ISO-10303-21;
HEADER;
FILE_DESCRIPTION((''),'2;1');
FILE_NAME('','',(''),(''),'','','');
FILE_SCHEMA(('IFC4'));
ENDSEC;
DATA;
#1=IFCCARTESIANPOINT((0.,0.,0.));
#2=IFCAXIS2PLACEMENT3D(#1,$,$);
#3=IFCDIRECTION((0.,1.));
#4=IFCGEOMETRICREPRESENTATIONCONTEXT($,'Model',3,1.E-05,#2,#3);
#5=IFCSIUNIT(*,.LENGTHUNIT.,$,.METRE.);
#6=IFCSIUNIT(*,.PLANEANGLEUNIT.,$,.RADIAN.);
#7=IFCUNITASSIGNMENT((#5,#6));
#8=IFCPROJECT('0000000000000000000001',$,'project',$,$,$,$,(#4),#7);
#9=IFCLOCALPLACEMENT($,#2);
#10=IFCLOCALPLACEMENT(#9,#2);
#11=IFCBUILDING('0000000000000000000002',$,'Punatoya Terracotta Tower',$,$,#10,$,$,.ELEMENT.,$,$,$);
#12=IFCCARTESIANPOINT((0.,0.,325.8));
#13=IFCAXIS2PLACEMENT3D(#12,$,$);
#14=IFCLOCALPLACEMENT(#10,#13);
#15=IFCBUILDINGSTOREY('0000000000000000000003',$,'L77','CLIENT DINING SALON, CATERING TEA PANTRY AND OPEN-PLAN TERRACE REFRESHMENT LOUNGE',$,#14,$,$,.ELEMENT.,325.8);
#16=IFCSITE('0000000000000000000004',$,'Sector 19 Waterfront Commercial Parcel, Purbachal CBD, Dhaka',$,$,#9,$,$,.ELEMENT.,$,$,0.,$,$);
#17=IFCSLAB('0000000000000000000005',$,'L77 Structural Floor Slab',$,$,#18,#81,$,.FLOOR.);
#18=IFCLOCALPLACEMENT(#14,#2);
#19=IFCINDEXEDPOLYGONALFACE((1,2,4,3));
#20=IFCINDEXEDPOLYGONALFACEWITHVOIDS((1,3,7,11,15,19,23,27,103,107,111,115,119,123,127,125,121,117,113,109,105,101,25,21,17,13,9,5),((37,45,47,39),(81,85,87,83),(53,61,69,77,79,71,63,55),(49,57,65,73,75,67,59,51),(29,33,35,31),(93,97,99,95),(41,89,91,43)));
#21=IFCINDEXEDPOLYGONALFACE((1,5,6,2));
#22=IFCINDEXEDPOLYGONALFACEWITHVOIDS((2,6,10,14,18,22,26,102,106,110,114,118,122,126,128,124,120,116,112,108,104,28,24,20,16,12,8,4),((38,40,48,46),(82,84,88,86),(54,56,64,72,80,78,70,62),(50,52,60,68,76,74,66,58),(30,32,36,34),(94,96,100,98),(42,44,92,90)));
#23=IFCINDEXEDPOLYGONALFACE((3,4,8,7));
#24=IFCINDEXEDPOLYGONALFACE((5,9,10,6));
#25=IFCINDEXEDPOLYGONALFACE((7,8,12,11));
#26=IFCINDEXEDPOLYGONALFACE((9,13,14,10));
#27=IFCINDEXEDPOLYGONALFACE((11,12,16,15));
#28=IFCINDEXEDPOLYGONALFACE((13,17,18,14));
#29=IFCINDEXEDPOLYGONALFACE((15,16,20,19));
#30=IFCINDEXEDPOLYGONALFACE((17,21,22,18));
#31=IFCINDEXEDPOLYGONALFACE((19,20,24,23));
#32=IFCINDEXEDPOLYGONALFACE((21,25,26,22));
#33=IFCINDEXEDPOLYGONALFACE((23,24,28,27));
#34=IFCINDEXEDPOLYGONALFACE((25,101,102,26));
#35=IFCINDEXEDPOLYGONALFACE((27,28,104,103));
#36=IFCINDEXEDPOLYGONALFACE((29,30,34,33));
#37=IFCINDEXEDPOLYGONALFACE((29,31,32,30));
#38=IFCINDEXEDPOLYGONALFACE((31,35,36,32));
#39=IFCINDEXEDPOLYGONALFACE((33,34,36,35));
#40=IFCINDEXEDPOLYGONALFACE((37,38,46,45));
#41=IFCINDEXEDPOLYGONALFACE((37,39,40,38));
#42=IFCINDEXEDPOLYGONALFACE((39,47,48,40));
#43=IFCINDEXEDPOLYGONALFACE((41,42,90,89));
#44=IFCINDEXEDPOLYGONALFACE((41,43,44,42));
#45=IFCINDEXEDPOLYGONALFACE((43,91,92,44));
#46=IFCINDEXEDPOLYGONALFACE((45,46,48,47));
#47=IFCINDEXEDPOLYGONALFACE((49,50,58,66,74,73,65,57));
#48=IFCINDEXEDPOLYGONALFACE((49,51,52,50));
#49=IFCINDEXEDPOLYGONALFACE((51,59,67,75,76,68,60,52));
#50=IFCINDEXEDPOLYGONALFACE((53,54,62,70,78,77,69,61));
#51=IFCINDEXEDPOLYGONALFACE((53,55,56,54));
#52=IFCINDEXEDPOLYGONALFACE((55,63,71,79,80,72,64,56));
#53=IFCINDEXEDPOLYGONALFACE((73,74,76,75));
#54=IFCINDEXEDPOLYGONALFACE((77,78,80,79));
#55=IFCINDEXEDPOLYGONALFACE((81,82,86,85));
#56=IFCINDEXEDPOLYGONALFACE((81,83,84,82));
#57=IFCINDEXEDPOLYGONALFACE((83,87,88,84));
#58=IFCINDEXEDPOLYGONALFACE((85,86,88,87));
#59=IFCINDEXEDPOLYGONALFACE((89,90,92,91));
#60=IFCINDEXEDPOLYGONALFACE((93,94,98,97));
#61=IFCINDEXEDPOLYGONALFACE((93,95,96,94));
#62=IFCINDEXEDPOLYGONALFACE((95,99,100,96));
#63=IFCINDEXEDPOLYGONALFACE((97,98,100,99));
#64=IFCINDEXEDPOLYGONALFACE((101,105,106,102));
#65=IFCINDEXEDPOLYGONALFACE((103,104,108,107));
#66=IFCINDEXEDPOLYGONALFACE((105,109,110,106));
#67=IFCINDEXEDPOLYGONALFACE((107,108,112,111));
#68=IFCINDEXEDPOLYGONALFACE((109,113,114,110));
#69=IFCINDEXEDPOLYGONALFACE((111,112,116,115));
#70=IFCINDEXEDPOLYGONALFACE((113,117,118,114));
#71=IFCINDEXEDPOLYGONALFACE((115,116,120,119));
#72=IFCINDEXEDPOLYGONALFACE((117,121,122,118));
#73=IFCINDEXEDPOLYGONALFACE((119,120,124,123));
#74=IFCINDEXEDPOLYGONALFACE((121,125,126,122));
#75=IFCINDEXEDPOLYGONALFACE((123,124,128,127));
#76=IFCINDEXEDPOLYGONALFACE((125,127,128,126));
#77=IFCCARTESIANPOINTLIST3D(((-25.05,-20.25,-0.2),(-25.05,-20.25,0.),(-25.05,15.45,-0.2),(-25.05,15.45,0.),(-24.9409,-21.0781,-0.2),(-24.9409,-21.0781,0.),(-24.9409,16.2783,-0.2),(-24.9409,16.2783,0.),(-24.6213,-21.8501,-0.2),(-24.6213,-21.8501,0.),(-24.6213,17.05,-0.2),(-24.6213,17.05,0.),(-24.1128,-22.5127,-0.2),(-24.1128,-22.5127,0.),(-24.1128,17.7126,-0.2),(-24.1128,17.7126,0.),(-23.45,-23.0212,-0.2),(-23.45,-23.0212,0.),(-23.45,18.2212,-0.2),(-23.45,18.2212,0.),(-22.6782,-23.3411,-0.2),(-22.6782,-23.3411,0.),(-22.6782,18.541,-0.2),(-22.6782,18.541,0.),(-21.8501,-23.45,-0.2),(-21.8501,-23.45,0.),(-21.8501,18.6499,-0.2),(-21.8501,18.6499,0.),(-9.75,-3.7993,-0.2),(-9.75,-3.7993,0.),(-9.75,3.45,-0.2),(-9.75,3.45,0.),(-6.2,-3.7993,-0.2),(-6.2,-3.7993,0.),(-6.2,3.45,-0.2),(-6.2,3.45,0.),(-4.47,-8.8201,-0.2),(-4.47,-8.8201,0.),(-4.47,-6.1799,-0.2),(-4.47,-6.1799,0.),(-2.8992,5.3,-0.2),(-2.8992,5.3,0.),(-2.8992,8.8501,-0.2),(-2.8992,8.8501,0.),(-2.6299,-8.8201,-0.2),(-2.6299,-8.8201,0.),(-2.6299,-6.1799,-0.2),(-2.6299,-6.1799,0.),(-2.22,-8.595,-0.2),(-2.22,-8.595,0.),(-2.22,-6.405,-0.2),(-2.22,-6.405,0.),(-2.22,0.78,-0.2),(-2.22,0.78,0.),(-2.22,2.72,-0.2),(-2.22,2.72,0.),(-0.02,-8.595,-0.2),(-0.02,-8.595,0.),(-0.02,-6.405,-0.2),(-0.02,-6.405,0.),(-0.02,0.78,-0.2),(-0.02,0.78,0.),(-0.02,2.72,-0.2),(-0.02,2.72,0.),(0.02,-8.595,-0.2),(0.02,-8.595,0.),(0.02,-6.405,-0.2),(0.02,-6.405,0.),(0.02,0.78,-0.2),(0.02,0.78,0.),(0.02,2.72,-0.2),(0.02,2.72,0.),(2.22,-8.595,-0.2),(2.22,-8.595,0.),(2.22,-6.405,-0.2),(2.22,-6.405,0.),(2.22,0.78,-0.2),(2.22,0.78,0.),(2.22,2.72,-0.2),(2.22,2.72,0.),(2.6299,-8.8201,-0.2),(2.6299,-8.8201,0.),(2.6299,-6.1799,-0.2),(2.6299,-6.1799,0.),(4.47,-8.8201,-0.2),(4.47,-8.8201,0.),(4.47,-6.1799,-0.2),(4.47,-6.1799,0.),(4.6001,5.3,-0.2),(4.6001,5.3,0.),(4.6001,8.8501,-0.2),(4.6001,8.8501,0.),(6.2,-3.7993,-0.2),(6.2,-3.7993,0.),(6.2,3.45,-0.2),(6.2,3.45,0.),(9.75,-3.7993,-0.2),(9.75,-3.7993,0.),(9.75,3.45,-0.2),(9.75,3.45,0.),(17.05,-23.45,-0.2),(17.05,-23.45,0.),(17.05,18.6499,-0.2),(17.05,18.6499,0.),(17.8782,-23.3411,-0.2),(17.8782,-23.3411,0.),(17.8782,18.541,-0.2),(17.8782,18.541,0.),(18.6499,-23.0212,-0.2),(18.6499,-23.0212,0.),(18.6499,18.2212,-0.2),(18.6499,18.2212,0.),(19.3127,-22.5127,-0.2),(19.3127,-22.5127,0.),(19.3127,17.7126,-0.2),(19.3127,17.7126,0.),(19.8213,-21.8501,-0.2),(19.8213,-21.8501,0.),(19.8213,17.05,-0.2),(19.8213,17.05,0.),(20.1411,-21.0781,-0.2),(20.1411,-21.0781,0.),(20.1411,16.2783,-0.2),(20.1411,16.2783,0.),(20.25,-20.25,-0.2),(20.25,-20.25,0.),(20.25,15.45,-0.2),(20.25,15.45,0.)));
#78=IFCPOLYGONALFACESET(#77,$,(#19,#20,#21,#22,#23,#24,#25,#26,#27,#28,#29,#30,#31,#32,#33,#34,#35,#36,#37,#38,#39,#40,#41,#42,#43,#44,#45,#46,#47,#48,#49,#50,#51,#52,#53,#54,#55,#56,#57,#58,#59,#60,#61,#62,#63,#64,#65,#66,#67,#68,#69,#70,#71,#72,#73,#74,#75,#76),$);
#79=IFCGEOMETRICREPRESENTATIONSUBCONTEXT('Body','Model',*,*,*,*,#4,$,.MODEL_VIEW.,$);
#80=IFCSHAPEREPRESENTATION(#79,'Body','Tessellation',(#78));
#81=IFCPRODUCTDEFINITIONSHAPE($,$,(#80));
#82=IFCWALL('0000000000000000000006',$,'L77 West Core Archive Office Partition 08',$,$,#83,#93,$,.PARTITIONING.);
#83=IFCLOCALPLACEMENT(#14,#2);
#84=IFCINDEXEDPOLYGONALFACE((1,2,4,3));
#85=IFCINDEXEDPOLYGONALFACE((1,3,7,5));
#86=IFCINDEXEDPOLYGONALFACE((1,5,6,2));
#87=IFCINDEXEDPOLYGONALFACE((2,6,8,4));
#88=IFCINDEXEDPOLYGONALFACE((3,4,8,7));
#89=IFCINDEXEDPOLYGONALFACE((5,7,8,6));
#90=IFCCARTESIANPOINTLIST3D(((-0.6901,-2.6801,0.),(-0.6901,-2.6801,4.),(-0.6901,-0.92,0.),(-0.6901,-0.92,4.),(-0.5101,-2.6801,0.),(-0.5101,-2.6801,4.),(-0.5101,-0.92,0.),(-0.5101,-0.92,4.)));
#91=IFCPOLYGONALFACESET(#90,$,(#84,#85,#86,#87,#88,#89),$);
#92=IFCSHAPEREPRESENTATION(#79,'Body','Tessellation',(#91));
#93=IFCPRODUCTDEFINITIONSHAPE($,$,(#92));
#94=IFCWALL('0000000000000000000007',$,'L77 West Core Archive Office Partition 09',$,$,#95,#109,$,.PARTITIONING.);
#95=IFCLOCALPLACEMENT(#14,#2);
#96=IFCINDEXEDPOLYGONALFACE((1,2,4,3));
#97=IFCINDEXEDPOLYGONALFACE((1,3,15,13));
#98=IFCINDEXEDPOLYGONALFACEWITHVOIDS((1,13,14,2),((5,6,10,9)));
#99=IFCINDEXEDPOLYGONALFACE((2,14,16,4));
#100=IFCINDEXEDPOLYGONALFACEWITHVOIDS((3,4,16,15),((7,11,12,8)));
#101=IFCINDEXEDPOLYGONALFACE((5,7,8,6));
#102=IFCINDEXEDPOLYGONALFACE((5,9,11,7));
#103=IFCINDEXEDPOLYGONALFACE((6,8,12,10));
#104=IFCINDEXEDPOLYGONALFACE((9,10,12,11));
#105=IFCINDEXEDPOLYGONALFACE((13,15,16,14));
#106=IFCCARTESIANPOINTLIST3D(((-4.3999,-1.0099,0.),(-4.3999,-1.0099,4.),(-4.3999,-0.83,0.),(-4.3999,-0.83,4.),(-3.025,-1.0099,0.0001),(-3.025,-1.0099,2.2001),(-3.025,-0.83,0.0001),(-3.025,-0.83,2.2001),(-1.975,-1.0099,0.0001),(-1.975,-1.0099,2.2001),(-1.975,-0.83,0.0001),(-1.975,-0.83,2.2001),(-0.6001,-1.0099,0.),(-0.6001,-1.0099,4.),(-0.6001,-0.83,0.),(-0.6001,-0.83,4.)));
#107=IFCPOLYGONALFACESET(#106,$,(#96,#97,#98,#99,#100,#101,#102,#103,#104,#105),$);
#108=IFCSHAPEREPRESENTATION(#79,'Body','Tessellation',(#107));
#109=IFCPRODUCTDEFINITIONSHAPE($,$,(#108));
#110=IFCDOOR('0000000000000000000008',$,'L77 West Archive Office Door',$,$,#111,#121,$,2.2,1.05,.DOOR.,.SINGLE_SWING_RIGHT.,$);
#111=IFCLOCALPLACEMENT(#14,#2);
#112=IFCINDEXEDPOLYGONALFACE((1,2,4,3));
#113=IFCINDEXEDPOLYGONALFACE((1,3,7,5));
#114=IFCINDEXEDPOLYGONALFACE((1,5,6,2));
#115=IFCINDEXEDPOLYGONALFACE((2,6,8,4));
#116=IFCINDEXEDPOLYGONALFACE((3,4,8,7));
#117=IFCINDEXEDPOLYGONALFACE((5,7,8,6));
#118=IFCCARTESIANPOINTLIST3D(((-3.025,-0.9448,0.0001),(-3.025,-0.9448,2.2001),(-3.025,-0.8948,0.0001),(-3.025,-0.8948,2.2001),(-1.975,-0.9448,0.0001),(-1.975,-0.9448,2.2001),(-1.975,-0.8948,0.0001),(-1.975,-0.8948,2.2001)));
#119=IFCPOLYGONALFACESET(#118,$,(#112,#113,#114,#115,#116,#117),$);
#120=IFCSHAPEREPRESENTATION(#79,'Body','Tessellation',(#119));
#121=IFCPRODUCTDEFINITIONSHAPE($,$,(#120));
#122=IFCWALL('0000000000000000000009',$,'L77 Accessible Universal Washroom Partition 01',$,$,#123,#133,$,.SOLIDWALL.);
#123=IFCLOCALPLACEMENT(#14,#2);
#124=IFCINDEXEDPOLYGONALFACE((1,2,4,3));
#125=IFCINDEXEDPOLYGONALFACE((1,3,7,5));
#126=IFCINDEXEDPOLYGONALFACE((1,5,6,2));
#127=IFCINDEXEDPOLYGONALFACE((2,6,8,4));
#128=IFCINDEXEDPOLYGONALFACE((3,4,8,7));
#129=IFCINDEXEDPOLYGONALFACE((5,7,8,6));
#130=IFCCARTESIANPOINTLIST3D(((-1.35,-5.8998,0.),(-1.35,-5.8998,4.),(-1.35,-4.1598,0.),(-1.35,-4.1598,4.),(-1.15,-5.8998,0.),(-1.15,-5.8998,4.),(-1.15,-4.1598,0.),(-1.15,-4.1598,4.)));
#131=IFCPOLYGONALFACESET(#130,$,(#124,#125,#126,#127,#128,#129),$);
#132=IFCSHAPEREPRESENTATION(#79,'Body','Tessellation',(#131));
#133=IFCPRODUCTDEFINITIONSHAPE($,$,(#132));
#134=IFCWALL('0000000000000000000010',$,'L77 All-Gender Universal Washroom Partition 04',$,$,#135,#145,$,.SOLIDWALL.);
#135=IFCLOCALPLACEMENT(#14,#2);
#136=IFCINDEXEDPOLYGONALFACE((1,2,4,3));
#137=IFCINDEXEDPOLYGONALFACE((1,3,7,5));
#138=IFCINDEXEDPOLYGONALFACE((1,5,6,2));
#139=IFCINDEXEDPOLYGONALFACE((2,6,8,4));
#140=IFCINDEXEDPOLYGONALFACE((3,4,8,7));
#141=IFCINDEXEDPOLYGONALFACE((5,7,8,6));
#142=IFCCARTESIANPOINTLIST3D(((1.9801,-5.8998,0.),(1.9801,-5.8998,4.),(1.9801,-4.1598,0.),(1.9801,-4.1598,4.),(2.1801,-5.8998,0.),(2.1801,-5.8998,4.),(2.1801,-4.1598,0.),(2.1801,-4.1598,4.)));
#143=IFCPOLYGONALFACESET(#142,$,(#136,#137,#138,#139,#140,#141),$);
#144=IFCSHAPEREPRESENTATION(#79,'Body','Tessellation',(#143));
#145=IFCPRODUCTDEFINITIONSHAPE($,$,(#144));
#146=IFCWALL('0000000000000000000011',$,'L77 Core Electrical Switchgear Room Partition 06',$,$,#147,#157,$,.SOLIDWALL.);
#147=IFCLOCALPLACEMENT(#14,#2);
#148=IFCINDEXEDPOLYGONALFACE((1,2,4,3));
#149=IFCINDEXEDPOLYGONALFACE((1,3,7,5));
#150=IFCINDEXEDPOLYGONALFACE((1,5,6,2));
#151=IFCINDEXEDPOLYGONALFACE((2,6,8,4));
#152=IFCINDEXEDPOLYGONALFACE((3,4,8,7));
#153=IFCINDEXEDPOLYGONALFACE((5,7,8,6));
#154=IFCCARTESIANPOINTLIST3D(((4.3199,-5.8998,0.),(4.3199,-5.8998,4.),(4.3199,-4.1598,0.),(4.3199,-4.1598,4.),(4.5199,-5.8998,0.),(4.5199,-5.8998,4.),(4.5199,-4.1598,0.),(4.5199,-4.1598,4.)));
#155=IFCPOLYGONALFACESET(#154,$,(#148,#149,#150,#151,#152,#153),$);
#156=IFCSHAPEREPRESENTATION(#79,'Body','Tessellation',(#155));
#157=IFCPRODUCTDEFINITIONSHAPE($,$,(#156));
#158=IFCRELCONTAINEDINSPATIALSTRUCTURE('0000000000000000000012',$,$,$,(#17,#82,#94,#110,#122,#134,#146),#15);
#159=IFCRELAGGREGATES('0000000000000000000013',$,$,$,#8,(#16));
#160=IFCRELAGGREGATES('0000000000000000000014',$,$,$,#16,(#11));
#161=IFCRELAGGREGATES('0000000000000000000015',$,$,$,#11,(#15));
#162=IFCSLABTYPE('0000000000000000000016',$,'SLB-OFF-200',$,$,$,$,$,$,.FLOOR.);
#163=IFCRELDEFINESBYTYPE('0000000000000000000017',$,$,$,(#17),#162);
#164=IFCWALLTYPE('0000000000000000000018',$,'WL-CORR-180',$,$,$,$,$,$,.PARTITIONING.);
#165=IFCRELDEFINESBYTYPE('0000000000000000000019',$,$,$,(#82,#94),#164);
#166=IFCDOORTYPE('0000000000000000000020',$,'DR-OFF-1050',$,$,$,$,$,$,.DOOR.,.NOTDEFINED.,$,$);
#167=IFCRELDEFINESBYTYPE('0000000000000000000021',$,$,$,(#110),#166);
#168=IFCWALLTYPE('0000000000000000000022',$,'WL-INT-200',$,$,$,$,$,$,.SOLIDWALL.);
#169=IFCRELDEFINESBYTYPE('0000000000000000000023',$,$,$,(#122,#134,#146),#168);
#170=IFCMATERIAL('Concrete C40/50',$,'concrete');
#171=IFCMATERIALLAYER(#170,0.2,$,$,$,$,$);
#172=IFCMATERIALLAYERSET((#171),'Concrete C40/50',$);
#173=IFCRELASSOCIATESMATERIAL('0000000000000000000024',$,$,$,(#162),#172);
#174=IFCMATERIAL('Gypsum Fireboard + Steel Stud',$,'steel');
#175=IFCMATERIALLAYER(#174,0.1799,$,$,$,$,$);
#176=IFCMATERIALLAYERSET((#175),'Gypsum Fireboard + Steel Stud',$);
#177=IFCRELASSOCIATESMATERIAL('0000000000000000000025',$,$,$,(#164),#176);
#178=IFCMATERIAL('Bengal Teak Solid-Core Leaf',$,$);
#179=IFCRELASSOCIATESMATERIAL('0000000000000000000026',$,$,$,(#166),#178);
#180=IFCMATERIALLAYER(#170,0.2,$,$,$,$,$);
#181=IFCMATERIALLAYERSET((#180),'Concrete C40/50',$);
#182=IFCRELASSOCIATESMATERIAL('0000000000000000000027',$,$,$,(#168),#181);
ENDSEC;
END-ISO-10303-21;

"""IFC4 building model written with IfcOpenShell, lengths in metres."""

from ifc_helpers import new_model, si_unit, direction, frame, frame_2d, origin, place, context, subcontext, project, spatial, polyline, rectangle, outline, extrude, material, layer, layer_set, type_object, element, fill, save


model = new_model("IFC4")

# Units and contexts
model_context = context("Model", 3, precision=1e-05, world=origin(), true_north=direction((0.0, 1.0)))
body_context = subcontext(model_context, "Body", "Model", "MODEL_VIEW")
ifc_project = project(units=[si_unit("LENGTHUNIT", "METRE"), si_unit("PLANEANGLEUNIT", "RADIAN")], contexts=[model_context])

# Site, building, storey
site_placement = place(None, origin())
site = spatial("IfcSite", under=ifc_project, at=site_placement, Name="Sector 19 Waterfront Commercial Parcel, Purbachal CBD, Dhaka", CompositionType="ELEMENT", RefElevation=0.0)
building_placement = place(site_placement, origin())
building = spatial("IfcBuilding", under=site, at=building_placement, Name="Punatoya Terracotta Tower", CompositionType="ELEMENT")
storey_placement = place(building_placement, frame((0.0, 0.0, 325.8)))
storey = spatial("IfcBuildingStorey", under=building, at=storey_placement, Name="L77", Description="CLIENT DINING SALON, CATERING TEA PANTRY AND OPEN-PLAN TERRACE REFRESHMENT LOUNGE", CompositionType="ELEMENT", Elevation=325.8)

# Shared definitions
ifc_material_1 = material(Name="Concrete C40/50", Category="concrete")

# Slab
ifc_layer_1 = layer(ifc_material_1, 0.2)
ifc_layer_set_1 = layer_set([ifc_layer_1], Name="Concrete C40/50")
slab_type_1 = type_object("IfcSlabType", Name="SLB-OFF-200", PredefinedType="FLOOR", material=ifc_layer_set_1)
slab_1_placement = place(storey_placement, frame((0.0, 0.0, -0.2)))
element("IfcSlab", 1, at=slab_1_placement, inside=storey, type_object=slab_type_1, Name="L77 Structural Floor Slab", PredefinedType="FLOOR", context=body_context, shape_type="SweptSolid", body=[
    extrude(outline(polyline([(-21.8501, -23.45), (-22.6782, -23.3411), (-23.45, -23.0212), (-24.1128, -22.5127), (-24.6213, -21.8501), (-24.9409, -21.0781), (-25.05, -20.25), (-25.05, 15.45), (-24.9409, 16.2783), (-24.6213, 17.05), (-24.1128, 17.7126), (-23.45, 18.2212), (-22.6782, 18.541), (-21.8501, 18.6499), (17.05, 18.6499), (17.8782, 18.541), (18.6499, 18.2212), (19.3127, 17.7126), (19.8213, 17.05), (20.1411, 16.2783), (20.25, 15.45), (20.25, -20.25), (20.1411, -21.0781), (19.8213, -21.8501), (19.3127, -22.5127), (18.6499, -23.0212), (17.8782, -23.3411), (17.05, -23.45), (-21.8501, -23.45)]), holes=[polyline([(-2.6299, -6.1799), (-4.47, -6.1799), (-4.47, -8.8201), (-2.6299, -8.8201), (-2.6299, -6.1799)]), polyline([(-0.02, -6.405), (-2.22, -6.405), (-2.22, -8.595), (-0.02, -8.595), (0.02, -8.595), (2.22, -8.595), (2.22, -6.405), (0.02, -6.405), (-0.02, -6.405)]), polyline([(4.47, -6.1799), (2.6299, -6.1799), (2.6299, -8.8201), (4.47, -8.8201), (4.47, -6.1799)]), polyline([(-9.75, 3.45), (-9.75, -3.7993), (-6.2, -3.7993), (-6.2, 3.45), (-9.75, 3.45)]), polyline([(6.2, 3.45), (6.2, -3.7993), (9.75, -3.7993), (9.75, 3.45), (6.2, 3.45)]), polyline([(-2.22, 2.72), (-2.22, 0.78), (-0.02, 0.78), (0.02, 0.78), (2.22, 0.78), (2.22, 2.72), (0.02, 2.72), (-0.02, 2.72), (-2.22, 2.72)]), polyline([(4.6001, 5.3), (4.6001, 8.8501), (-2.8992, 8.8501), (-2.8992, 5.3), (4.6001, 5.3)])]), origin(), (0.0, 0.0, 1.0), 0.2),
])

# Wall
ifc_material_2 = material(Name="Gypsum Fireboard + Steel Stud", Category="steel")
ifc_layer_2 = layer(ifc_material_2, 0.1799)
ifc_layer_set_2 = layer_set([ifc_layer_2], Name="Gypsum Fireboard + Steel Stud")
wall_type_1 = type_object("IfcWallType", Name="WL-CORR-180", PredefinedType="PARTITIONING", material=ifc_layer_set_2)
wall_1_placement = place(storey_placement, frame((-0.6001, -2.6799, 0.0), z_axis=(0.0, 0.0, 1.0), x_axis=(0.0, 1.0, 0.0)))
element("IfcWall", 2, at=wall_1_placement, inside=storey, type_object=wall_type_1, Name="L77 West Core Archive Office Partition 08", PredefinedType="PARTITIONING", context=body_context, shape_type="SweptSolid", body=[
    extrude(rectangle(XDim=1.76, YDim=0.1799, at=frame_2d((0.8799, 0.0))), origin(), (0.0, 0.0, 1.0), 4.0),
])

# Wall, opening, door
wall_2_placement = place(storey_placement, frame((-0.6001, -0.9199, 0.0), z_axis=(0.0, 0.0, 1.0), x_axis=(-1.0, 0.0, 0.0)))
wall_2 = element("IfcWall", 3, at=wall_2_placement, inside=storey, type_object=wall_type_1, Name="L77 West Core Archive Office Partition 09", PredefinedType="PARTITIONING", context=body_context, shape_type="SweptSolid", body=[
    extrude(rectangle(XDim=3.7998, YDim=0.1799, at=frame_2d((1.8999, 0.0))), origin(), (0.0, 0.0, 1.0), 4.0),
])
opening_1_placement = place(wall_2_placement, frame((1.375, 0.0, 0.0)))
opening_1 = element("IfcOpeningElement", 4, at=opening_1_placement, cuts=wall_2, PredefinedType="OPENING", context=body_context, shape_type="SweptSolid", body=[
    extrude(rectangle(XDim=1.05, YDim=2.2, at=frame_2d((0.5249, 1.1001))), frame((0.0, 0.0999, 0.0), z_axis=(0.0, -1.0, 0.0), x_axis=(1.0, 0.0, 0.0)), (0.0, 0.0, 1.0), 0.2),
])
ifc_material_3 = material(Name="Bengal Teak Solid-Core Leaf")
door_type_1 = type_object("IfcDoorType", Name="DR-OFF-1050", OperationType="NOTDEFINED", PredefinedType="DOOR", material=ifc_material_3)
door_1_placement = place(opening_1_placement, origin())
door_1 = element("IfcDoor", 5, at=door_1_placement, inside=storey, type_object=door_type_1, Name="L77 West Archive Office Door", OperationType="SINGLE_SWING_RIGHT", OverallHeight=2.2, OverallWidth=1.05, PredefinedType="DOOR", context=body_context, shape_type="SweptSolid", body=[
    extrude(rectangle(XDim=1.05, YDim=2.2, at=frame_2d((0.5249, 1.1001))), frame((0.0, 0.0249, 0.0), z_axis=(0.0, -1.0, 0.0), x_axis=(1.0, 0.0, 0.0)), (0.0, 0.0, 1.0), 0.05),
])
fill(opening_1, door_1)

# Wall
ifc_layer_3 = layer(ifc_material_1, 0.2)
ifc_layer_set_3 = layer_set([ifc_layer_3], Name="Concrete C40/50")
wall_type_2 = type_object("IfcWallType", Name="WL-INT-200", PredefinedType="SOLIDWALL", material=ifc_layer_set_3)
wall_3_placement = place(storey_placement, frame((-1.25, -5.8999, 0.0), z_axis=(0.0, 0.0, 1.0), x_axis=(0.0, 1.0, 0.0)))
element("IfcWall", 6, at=wall_3_placement, inside=storey, type_object=wall_type_2, Name="L77 Accessible Universal Washroom Partition 01", PredefinedType="SOLIDWALL", context=body_context, shape_type="SweptSolid", body=[
    extrude(rectangle(XDim=1.74, YDim=0.2, at=frame_2d((0.8701, 0.0))), origin(), (0.0, 0.0, 1.0), 4.0),
])

# Wall
wall_4_placement = place(storey_placement, frame((2.0801, -5.8999, 0.0), z_axis=(0.0, 0.0, 1.0), x_axis=(0.0, 1.0, 0.0)))
element("IfcWall", 7, at=wall_4_placement, inside=storey, type_object=wall_type_2, Name="L77 All-Gender Universal Washroom Partition 04", PredefinedType="SOLIDWALL", context=body_context, shape_type="SweptSolid", body=[
    extrude(rectangle(XDim=1.74, YDim=0.2, at=frame_2d((0.8701, 0.0))), origin(), (0.0, 0.0, 1.0), 4.0),
])

# Wall
wall_5_placement = place(storey_placement, frame((4.4199, -5.8999, 0.0), z_axis=(0.0, 0.0, 1.0), x_axis=(0.0, 1.0, 0.0)))
element("IfcWall", 8, at=wall_5_placement, inside=storey, type_object=wall_type_2, Name="L77 Core Electrical Switchgear Room Partition 06", PredefinedType="SOLIDWALL", context=body_context, shape_type="SweptSolid", body=[
    extrude(rectangle(XDim=1.74, YDim=0.2, at=frame_2d((0.8701, 0.0))), origin(), (0.0, 0.0, 1.0), 4.0),
])

save(model, "model.ifc")
